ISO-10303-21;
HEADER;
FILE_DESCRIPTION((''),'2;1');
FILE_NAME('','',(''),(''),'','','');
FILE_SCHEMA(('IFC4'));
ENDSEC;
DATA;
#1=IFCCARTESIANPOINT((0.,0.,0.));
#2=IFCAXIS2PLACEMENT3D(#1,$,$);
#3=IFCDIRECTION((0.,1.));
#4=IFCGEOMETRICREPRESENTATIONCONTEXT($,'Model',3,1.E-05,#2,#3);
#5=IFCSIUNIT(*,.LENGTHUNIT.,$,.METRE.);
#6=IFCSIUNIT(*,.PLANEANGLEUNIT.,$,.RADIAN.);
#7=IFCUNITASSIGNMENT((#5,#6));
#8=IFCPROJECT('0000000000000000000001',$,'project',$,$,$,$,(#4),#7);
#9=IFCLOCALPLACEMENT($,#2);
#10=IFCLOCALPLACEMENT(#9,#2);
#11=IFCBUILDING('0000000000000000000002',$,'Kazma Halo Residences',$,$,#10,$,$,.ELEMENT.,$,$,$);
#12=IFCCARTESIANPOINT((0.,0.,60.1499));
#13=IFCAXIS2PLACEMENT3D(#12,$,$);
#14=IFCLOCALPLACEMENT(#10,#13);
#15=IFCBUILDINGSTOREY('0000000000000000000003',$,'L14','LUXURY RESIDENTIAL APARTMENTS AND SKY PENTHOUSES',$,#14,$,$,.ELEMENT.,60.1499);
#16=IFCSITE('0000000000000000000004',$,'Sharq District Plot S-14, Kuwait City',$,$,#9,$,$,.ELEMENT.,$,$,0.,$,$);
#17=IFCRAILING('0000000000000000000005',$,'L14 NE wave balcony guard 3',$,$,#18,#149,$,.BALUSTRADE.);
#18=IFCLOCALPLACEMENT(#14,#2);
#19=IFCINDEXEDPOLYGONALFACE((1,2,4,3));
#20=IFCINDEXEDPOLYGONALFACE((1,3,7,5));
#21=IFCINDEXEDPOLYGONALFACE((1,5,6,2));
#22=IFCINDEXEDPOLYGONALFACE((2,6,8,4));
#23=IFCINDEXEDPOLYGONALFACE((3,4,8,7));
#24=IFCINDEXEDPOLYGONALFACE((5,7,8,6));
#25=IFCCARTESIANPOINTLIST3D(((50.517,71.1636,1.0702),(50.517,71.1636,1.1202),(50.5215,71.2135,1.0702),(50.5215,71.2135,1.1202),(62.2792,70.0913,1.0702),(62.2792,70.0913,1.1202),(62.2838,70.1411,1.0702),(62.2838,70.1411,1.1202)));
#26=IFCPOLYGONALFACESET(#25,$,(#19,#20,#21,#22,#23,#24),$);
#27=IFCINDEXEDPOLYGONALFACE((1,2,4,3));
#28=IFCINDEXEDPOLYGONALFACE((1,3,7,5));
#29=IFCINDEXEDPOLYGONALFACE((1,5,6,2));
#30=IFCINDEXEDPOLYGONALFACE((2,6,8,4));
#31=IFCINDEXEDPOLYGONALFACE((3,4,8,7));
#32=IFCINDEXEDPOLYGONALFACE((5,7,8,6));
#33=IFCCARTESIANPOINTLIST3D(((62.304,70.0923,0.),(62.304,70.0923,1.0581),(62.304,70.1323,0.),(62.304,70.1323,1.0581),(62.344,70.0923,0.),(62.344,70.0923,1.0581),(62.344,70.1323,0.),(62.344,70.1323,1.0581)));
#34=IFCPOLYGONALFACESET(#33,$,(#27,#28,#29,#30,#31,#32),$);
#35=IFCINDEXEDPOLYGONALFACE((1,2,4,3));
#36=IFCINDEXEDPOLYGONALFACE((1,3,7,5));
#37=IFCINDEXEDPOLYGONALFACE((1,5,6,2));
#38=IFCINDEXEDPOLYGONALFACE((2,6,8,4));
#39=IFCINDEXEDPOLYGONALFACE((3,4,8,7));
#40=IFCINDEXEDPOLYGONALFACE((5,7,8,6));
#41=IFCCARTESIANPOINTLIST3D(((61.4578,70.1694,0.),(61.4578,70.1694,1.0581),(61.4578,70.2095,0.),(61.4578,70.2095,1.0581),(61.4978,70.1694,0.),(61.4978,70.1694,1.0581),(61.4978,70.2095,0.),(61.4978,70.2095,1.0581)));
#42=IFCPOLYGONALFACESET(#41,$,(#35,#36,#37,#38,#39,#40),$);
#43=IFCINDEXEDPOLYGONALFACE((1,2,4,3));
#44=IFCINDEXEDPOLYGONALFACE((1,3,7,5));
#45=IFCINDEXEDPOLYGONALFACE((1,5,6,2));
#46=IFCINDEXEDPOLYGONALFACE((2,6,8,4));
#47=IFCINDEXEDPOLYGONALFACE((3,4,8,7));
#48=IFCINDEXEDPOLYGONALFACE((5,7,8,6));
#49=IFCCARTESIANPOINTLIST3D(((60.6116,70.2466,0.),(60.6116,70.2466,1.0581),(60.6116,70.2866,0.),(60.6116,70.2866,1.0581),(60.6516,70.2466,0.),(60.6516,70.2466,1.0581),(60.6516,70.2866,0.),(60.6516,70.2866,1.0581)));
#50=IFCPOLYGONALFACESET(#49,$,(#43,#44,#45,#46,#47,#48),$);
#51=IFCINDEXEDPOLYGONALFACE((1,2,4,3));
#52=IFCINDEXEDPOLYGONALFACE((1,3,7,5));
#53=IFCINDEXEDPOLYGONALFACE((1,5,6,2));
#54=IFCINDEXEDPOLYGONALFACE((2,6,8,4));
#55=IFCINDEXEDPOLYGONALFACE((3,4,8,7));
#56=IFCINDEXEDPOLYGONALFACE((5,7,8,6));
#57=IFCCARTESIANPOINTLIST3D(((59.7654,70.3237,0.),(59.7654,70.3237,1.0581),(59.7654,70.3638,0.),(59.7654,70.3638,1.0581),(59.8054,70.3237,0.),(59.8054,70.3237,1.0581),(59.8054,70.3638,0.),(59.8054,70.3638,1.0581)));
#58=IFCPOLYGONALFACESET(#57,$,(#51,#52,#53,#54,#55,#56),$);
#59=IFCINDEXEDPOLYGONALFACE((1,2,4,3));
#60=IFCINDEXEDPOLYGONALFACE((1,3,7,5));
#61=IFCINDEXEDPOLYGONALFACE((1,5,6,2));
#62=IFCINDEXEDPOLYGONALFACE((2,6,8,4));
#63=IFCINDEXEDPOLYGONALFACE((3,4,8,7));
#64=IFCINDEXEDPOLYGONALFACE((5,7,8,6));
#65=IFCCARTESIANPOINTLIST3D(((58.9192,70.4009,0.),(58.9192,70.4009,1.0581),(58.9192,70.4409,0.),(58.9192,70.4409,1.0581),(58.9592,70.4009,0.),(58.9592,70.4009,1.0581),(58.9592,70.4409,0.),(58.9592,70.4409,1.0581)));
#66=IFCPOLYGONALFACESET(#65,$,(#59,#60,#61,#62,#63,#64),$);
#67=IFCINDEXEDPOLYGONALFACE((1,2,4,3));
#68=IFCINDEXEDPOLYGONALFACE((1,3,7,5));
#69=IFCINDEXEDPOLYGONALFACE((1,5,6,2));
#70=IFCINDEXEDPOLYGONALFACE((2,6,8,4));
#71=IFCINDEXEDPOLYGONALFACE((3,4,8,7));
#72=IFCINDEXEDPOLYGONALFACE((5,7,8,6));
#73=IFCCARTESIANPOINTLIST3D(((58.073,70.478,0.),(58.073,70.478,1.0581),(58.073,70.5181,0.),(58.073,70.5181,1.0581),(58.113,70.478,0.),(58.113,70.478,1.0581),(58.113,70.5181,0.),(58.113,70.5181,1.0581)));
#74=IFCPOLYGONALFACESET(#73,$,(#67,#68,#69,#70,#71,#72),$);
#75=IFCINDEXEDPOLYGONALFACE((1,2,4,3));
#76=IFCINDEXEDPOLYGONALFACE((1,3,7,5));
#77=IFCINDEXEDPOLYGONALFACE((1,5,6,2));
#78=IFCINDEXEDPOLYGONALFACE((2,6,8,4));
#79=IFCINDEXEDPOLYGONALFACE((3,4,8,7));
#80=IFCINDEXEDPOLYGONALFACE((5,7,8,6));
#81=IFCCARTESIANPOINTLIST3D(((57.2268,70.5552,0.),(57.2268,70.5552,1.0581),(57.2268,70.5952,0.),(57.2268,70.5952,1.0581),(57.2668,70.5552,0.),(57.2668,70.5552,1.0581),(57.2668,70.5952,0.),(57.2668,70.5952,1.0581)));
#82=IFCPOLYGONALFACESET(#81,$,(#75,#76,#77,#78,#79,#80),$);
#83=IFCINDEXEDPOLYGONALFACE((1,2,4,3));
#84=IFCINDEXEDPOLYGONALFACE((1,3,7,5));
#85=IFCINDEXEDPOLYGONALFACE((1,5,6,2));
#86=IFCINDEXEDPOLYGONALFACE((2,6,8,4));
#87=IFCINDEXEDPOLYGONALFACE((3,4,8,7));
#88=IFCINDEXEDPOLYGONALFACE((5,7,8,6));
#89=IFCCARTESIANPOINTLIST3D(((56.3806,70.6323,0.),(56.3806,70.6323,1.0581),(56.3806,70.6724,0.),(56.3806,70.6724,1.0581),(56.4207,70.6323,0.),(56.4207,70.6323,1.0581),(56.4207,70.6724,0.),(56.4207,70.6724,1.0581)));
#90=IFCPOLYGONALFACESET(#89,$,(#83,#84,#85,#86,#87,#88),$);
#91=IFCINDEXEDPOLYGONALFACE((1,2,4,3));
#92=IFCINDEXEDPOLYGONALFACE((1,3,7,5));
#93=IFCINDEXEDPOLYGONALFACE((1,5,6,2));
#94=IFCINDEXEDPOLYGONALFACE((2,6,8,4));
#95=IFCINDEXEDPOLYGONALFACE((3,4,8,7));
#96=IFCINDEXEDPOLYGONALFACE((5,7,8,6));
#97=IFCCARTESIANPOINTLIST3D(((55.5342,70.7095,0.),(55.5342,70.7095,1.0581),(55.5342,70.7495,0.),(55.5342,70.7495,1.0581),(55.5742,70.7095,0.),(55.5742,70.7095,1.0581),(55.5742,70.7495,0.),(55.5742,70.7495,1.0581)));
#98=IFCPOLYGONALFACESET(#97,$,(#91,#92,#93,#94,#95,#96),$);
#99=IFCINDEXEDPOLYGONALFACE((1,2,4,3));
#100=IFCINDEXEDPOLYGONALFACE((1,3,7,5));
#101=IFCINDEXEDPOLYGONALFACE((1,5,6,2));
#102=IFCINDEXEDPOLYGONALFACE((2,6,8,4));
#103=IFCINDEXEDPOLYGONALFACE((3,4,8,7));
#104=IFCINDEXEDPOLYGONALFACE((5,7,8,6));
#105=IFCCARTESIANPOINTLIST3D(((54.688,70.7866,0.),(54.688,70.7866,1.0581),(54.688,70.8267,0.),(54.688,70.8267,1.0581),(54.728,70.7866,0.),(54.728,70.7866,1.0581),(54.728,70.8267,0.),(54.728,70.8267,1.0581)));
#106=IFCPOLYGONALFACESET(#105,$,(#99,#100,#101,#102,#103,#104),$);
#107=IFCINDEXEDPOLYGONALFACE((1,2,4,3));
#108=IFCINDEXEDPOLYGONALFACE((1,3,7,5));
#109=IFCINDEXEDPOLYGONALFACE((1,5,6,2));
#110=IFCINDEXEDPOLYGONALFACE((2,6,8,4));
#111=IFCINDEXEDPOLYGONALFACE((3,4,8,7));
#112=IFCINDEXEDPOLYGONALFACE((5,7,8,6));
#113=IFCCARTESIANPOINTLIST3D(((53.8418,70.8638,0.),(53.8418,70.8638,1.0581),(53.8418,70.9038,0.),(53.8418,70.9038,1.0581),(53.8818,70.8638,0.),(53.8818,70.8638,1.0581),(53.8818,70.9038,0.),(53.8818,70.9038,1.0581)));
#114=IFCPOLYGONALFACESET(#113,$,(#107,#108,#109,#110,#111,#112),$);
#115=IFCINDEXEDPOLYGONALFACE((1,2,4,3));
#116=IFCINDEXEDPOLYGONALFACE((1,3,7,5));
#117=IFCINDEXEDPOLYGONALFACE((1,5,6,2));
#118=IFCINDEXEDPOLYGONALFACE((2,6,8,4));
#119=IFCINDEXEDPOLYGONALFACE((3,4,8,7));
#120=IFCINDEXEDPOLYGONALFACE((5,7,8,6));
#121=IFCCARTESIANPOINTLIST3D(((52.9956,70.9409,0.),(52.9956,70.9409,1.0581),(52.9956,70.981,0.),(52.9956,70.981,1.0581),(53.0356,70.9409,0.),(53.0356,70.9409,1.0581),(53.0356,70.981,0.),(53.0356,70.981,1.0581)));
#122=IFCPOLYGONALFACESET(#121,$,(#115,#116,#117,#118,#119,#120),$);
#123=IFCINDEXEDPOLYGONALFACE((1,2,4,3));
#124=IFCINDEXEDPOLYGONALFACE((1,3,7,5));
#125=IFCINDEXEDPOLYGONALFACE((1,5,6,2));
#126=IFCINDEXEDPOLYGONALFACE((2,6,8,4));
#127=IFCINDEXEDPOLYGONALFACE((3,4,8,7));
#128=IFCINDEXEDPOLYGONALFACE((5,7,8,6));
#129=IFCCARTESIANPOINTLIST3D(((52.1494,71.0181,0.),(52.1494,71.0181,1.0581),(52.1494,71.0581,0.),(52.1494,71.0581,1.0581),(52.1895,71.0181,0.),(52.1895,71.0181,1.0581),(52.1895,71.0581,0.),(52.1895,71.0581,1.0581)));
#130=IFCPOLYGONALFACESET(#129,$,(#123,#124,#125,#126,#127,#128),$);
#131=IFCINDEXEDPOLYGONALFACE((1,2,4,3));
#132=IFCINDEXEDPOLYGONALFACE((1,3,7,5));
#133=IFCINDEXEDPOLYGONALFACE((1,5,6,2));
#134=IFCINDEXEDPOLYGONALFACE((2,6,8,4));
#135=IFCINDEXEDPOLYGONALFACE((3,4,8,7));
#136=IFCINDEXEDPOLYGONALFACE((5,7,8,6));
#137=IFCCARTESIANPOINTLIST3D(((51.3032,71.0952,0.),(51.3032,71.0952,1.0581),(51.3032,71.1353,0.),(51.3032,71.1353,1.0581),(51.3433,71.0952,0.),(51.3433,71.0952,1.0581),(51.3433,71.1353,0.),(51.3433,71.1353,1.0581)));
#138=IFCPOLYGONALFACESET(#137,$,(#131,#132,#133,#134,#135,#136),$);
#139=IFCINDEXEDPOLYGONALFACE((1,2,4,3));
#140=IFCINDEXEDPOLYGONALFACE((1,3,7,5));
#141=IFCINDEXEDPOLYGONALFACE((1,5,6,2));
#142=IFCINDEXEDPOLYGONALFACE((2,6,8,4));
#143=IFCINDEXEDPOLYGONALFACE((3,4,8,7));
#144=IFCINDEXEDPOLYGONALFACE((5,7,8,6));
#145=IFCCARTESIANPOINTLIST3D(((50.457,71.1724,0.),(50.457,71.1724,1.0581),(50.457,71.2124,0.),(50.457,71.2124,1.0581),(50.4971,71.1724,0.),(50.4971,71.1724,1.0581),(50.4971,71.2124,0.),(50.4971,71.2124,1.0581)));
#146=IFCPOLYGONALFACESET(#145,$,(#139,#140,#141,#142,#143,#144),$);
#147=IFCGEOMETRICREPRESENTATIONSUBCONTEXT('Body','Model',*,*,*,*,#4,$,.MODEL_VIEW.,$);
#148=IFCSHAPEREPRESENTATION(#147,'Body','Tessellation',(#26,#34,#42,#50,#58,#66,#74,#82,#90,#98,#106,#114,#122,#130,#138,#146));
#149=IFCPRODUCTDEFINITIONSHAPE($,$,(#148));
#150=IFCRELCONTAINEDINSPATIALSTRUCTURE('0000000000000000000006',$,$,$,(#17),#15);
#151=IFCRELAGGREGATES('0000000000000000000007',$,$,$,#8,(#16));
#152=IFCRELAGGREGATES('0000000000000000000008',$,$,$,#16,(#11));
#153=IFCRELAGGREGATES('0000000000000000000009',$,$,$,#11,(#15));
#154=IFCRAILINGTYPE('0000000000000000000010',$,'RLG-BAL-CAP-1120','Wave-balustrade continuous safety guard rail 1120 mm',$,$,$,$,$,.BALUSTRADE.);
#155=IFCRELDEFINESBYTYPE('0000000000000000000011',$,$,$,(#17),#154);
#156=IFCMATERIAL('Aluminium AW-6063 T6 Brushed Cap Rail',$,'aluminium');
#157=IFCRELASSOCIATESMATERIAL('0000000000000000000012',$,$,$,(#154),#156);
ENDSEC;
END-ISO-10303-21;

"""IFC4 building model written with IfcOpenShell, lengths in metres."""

from ifc_helpers import new_model, si_unit, direction, frame, origin, origin_2d, place, context, subcontext, project, spatial, rectangle, extrude, material, type_object, element, save


model = new_model("IFC4")

# Units and contexts
model_context = context("Model", 3, precision=1e-05, world=origin(), true_north=direction((0.0, 1.0)))
body_context = subcontext(model_context, "Body", "Model", "MODEL_VIEW")
ifc_project = project(units=[si_unit("LENGTHUNIT", "METRE"), si_unit("PLANEANGLEUNIT", "RADIAN")], contexts=[model_context])

# Site, building, storey
site_placement = place(None, origin())
site = spatial("IfcSite", under=ifc_project, at=site_placement, Name="Sharq District Plot S-14, Kuwait City", CompositionType="ELEMENT", RefElevation=0.0)
building_placement = place(site_placement, origin())
building = spatial("IfcBuilding", under=site, at=building_placement, Name="Kazma Halo Residences", CompositionType="ELEMENT")
storey_placement = place(building_placement, frame((0.0, 0.0, 60.1499)))
storey = spatial("IfcBuildingStorey", under=building, at=storey_placement, Name="L14", Description="LUXURY RESIDENTIAL APARTMENTS AND SKY PENTHOUSES", CompositionType="ELEMENT", Elevation=60.1499)

# Railing
ifc_material_1 = material(Name="Aluminium AW-6063 T6 Brushed Cap Rail", Category="aluminium")
railing_type = type_object("IfcRailingType", Name="RLG-BAL-CAP-1120", Description="Wave-balustrade continuous safety guard rail 1120 mm", PredefinedType="BALUSTRADE", material=ifc_material_1)
railing_1_placement = place(storey_placement, frame((62.324, 70.1123, 0.0)))
element("IfcRailing", 1, at=railing_1_placement, inside=storey, type_object=railing_type, Name="L14 NE wave balcony guard 3", PredefinedType="BALUSTRADE", context=body_context, shape_type="SweptSolid", body=[
    extrude(rectangle(XDim=0.05, YDim=0.05, at=origin_2d()), frame((-0.0425, 0.0039, 1.0952), z_axis=(-0.99587, 0.090793, 0.0), x_axis=(-0.090793, -0.99587, 0.0)), (0.0, 0.0, 1.0), 11.811),
    extrude(rectangle(XDim=0.04, YDim=0.04, at=origin_2d()), origin(), (0.0, 0.0, 1.0), 1.0581),
    extrude(rectangle(XDim=0.04, YDim=0.04, at=origin_2d()), frame((-0.8462, 0.0771, 0.0)), (0.0, 0.0, 1.0), 1.0581),
    extrude(rectangle(XDim=0.04, YDim=0.04, at=origin_2d()), frame((-1.6924, 0.1543, 0.0)), (0.0, 0.0, 1.0), 1.0581),
    extrude(rectangle(XDim=0.04, YDim=0.04, at=origin_2d()), frame((-2.5386, 0.2314, 0.0)), (0.0, 0.0, 1.0), 1.0581),
    extrude(rectangle(XDim=0.04, YDim=0.04, at=origin_2d()), frame((-3.3848, 0.3086, 0.0)), (0.0, 0.0, 1.0), 1.0581),
    extrude(rectangle(XDim=0.04, YDim=0.04, at=origin_2d()), frame((-4.231, 0.3857, 0.0)), (0.0, 0.0, 1.0), 1.0581),
    extrude(rectangle(XDim=0.04, YDim=0.04, at=origin_2d()), frame((-5.0771, 0.4629, 0.0)), (0.0, 0.0, 1.0), 1.0581),
    extrude(rectangle(XDim=0.04, YDim=0.04, at=origin_2d()), frame((-5.9233, 0.54, 0.0)), (0.0, 0.0, 1.0), 1.0581),
    extrude(rectangle(XDim=0.04, YDim=0.04, at=origin_2d()), frame((-6.7698, 0.6172, 0.0)), (0.0, 0.0, 1.0), 1.0581),
    extrude(rectangle(XDim=0.04, YDim=0.04, at=origin_2d()), frame((-7.616, 0.6943, 0.0)), (0.0, 0.0, 1.0), 1.0581),
    extrude(rectangle(XDim=0.04, YDim=0.04, at=origin_2d()), frame((-8.4622, 0.7715, 0.0)), (0.0, 0.0, 1.0), 1.0581),
    extrude(rectangle(XDim=0.04, YDim=0.04, at=origin_2d()), frame((-9.3083, 0.8486, 0.0)), (0.0, 0.0, 1.0), 1.0581),
    extrude(rectangle(XDim=0.04, YDim=0.04, at=origin_2d()), frame((-10.1545, 0.9258, 0.0)), (0.0, 0.0, 1.0), 1.0581),
    extrude(rectangle(XDim=0.04, YDim=0.04, at=origin_2d()), frame((-11.0007, 1.0029, 0.0)), (0.0, 0.0, 1.0), 1.0581),
    extrude(rectangle(XDim=0.04, YDim=0.04, at=origin_2d()), frame((-11.8469, 1.0801, 0.0)), (0.0, 0.0, 1.0), 1.0581),
])

save(model, "model.ifc")
